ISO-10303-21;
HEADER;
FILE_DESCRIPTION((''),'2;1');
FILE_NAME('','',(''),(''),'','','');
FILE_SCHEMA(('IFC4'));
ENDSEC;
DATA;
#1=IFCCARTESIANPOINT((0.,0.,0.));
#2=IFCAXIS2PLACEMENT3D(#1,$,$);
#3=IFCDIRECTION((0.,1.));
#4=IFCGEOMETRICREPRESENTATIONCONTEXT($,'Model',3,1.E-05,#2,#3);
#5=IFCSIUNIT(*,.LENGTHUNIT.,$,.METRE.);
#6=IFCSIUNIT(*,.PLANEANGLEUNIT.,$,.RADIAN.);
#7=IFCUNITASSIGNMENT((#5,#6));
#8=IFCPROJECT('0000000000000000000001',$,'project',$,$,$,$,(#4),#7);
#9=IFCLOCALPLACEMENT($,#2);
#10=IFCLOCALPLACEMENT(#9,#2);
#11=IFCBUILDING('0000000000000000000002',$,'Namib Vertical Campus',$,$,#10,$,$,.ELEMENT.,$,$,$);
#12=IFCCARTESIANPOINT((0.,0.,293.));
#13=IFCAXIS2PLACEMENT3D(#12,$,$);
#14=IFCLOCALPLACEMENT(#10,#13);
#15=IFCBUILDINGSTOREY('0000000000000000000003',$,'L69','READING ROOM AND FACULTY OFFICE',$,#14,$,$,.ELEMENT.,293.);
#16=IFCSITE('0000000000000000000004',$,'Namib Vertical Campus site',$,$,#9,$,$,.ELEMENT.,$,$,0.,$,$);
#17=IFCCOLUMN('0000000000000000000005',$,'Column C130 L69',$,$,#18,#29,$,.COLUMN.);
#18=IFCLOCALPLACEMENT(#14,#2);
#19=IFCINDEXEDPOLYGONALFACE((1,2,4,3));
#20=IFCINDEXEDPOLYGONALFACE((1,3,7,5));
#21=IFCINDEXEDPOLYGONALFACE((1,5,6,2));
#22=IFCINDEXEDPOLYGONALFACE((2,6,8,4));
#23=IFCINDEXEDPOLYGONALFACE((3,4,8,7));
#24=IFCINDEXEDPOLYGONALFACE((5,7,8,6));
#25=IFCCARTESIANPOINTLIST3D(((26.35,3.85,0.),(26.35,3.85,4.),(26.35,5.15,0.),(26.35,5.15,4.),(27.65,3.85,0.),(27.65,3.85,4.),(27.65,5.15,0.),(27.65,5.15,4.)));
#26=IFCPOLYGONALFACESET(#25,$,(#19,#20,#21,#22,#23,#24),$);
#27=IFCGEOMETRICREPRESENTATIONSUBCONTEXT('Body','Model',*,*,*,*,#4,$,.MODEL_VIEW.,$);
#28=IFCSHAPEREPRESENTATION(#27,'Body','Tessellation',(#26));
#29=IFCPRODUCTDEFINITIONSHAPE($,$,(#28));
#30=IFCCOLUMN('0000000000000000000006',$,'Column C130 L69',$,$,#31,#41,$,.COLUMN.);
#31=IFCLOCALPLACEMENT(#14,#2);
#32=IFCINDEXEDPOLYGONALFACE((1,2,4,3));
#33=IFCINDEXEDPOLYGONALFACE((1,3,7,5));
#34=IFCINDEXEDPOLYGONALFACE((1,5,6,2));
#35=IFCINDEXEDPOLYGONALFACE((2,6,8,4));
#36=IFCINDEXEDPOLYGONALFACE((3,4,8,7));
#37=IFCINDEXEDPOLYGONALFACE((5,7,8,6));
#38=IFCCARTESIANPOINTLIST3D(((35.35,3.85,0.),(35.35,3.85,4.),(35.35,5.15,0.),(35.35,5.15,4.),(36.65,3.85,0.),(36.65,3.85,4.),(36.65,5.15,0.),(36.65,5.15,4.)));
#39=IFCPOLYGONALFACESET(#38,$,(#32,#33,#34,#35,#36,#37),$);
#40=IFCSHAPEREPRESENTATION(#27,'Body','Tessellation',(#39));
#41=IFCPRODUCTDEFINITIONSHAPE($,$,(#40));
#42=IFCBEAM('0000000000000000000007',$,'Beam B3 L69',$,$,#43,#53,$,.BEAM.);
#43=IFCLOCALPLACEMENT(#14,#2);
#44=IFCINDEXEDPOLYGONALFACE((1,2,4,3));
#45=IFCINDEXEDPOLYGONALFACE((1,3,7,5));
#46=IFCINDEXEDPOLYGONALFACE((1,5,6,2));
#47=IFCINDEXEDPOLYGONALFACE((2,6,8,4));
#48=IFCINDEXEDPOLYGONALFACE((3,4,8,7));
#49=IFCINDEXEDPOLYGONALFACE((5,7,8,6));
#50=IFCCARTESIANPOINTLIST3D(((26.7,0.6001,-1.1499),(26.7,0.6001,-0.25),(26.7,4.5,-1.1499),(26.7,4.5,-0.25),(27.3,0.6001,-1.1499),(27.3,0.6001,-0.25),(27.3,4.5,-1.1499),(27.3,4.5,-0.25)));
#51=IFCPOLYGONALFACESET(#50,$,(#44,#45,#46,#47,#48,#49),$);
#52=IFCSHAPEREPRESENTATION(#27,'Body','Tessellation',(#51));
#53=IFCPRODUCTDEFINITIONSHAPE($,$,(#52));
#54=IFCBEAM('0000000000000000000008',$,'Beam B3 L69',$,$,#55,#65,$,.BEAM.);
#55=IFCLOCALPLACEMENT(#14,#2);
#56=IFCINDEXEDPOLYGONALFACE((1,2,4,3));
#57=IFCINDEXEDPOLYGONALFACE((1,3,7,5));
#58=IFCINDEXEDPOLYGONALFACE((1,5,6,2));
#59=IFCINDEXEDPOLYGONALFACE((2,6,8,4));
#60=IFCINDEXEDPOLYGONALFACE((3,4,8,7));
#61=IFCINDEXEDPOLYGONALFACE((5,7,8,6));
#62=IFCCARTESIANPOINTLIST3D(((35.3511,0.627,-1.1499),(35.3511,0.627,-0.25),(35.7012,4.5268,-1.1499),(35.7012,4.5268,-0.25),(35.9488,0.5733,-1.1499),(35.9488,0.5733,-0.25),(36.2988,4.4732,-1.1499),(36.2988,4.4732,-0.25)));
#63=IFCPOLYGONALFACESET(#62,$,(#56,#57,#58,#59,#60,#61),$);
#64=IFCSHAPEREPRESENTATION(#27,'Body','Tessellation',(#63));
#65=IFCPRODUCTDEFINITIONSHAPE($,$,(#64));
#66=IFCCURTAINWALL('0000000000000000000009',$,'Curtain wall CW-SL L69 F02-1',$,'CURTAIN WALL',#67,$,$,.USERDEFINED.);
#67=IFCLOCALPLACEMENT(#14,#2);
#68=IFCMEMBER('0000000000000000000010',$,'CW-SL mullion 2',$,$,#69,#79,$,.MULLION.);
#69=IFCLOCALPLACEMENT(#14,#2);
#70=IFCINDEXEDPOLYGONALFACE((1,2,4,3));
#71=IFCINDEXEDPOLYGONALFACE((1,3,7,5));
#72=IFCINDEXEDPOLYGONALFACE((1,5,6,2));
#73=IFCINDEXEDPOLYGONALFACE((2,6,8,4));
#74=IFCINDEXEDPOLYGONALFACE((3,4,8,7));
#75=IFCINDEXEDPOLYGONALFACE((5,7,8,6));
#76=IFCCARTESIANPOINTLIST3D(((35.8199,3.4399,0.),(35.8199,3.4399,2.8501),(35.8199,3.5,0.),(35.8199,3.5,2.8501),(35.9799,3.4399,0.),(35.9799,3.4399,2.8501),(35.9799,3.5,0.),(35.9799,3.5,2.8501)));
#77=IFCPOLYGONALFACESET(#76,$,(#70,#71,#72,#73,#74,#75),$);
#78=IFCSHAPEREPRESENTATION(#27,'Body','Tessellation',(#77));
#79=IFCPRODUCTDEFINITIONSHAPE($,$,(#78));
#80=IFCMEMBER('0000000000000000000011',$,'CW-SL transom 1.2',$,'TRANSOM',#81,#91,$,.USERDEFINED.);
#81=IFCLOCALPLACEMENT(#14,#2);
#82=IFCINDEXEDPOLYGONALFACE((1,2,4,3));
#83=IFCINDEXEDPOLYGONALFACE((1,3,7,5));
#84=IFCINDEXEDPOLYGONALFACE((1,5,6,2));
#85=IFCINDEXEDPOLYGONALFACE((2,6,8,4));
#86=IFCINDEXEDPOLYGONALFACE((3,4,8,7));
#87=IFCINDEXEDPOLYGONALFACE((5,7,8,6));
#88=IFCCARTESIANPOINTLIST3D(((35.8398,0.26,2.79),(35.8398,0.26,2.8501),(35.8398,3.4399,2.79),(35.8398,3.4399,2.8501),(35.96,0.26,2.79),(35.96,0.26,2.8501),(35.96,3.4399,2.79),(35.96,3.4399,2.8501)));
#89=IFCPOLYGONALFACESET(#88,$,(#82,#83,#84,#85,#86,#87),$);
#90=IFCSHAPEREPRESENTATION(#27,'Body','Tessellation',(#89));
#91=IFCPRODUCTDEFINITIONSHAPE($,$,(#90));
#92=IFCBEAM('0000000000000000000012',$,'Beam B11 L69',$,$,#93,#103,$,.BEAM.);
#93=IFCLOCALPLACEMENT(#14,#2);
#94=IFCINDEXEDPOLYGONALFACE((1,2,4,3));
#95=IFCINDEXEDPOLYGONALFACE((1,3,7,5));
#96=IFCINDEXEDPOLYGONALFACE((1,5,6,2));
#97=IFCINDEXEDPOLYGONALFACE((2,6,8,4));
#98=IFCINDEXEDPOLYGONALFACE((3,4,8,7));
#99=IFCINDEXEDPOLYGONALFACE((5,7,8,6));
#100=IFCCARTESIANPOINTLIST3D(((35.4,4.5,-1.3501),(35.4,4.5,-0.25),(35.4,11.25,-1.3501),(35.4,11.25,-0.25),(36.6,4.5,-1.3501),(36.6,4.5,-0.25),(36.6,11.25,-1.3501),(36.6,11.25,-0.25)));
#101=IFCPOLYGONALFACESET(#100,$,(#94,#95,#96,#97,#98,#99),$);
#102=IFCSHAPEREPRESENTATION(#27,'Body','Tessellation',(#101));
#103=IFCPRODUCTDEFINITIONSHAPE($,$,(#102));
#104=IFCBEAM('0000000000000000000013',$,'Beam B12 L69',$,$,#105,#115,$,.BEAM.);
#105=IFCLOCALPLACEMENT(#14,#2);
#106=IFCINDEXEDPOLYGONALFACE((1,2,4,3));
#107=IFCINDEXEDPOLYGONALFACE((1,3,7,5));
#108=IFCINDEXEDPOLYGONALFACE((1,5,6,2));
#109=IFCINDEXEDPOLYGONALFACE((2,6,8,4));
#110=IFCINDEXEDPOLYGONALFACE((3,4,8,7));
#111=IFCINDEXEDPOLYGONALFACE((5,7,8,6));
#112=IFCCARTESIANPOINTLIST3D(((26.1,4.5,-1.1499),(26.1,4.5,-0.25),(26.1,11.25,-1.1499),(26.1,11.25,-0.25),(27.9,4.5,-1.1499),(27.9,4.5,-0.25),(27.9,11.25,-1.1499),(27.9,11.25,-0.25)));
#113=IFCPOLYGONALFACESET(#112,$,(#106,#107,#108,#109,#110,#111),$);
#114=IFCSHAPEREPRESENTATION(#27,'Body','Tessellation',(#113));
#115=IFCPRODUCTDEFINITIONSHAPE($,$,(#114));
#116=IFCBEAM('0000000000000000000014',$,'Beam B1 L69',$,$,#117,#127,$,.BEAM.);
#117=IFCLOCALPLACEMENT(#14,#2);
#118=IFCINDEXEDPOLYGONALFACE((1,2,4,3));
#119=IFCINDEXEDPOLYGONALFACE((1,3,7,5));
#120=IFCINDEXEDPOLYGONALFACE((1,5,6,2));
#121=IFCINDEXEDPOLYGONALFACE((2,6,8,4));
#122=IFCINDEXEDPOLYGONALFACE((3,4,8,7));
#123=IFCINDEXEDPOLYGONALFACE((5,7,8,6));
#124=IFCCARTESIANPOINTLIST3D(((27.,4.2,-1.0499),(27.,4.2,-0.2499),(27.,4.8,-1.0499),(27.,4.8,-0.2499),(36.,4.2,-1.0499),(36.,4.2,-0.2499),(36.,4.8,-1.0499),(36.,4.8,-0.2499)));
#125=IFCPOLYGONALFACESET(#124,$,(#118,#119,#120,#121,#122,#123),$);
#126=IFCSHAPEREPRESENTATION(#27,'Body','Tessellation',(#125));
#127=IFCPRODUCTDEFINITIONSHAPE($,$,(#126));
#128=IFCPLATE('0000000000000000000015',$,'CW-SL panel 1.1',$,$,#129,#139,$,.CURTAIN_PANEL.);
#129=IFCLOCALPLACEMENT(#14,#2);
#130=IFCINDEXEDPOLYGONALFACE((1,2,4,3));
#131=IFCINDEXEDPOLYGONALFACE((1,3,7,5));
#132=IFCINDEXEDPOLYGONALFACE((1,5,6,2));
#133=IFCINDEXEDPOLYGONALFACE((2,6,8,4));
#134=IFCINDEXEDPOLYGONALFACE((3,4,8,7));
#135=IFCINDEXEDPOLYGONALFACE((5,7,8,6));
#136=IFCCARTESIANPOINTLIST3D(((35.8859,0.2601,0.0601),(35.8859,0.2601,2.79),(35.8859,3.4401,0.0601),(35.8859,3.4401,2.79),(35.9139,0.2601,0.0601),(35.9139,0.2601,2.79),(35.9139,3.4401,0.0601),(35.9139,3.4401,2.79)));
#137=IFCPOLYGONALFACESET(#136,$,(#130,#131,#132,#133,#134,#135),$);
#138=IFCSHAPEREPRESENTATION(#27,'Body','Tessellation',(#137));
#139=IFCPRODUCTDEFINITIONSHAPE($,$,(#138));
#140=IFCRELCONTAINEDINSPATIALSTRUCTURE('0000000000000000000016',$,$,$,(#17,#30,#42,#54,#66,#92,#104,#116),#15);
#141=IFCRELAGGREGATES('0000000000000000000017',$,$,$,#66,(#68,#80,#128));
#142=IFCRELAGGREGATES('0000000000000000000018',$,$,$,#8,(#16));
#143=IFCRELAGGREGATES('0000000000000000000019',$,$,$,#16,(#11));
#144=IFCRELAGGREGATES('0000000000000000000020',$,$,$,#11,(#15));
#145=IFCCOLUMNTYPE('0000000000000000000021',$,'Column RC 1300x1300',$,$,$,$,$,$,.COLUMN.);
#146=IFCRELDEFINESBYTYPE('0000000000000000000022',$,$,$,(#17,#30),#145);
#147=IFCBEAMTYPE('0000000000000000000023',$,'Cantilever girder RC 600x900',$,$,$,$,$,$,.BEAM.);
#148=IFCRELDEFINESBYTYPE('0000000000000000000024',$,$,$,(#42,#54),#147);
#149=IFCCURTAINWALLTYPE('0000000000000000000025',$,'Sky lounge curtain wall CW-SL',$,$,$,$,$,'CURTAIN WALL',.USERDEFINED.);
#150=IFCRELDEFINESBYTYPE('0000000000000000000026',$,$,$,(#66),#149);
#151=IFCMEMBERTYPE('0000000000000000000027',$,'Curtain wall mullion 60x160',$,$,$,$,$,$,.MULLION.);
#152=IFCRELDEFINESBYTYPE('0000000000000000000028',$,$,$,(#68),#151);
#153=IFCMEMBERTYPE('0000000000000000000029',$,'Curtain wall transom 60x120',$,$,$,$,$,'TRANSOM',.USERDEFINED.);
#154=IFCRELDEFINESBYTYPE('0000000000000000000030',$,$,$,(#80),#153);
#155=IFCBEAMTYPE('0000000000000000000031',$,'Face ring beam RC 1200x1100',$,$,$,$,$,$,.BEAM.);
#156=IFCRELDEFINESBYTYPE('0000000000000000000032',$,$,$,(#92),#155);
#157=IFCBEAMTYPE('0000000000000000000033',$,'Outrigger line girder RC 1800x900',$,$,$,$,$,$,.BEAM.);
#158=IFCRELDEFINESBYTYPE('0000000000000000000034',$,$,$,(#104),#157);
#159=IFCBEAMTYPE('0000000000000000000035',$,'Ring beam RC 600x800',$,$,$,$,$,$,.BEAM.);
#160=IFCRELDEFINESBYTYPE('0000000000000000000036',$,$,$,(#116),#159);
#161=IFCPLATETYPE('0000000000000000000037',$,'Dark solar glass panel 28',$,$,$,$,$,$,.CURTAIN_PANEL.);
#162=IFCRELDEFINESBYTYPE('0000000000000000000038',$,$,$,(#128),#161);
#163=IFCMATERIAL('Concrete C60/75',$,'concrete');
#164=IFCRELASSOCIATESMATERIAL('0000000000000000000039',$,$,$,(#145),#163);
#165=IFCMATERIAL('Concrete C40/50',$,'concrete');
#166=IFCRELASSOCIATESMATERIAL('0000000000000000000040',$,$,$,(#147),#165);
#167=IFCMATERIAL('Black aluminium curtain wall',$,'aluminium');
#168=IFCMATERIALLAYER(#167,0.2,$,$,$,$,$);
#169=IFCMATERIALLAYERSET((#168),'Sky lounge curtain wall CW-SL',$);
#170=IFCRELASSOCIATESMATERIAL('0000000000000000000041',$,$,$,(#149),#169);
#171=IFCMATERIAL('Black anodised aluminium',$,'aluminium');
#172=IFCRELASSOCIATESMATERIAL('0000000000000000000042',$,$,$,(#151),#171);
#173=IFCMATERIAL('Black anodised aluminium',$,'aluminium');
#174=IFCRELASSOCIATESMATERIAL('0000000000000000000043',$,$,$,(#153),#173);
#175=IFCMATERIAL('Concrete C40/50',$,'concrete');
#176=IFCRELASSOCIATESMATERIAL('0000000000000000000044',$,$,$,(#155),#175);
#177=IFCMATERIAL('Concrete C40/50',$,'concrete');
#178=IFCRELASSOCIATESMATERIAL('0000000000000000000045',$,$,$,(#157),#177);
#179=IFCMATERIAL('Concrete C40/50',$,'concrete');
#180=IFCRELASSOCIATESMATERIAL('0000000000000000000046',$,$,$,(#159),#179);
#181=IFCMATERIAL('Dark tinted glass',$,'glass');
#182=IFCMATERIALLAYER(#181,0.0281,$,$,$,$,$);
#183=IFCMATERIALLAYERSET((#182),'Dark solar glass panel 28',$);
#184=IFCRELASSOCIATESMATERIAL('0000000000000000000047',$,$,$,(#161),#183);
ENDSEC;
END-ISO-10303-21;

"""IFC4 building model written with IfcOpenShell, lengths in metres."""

from ifc_helpers import new_model, si_unit, direction, frame, origin, origin_2d, place, context, subcontext, project, spatial, rectangle, extrude, material, layer, layer_set, material_profile, profile_set, type_object, element, aggregate, save


model = new_model("IFC4")

# Units and contexts
model_context = context("Model", 3, precision=1e-05, world=origin(), true_north=direction((0.0, 1.0)))
body_context = subcontext(model_context, "Body", "Model", "MODEL_VIEW")
ifc_project = project(units=[si_unit("LENGTHUNIT", "METRE"), si_unit("PLANEANGLEUNIT", "RADIAN")], contexts=[model_context])

# Site, building, storey
site_placement = place(None, origin())
site = spatial("IfcSite", under=ifc_project, at=site_placement, Name="Namib Vertical Campus site", CompositionType="ELEMENT", RefElevation=0.0)
building_placement = place(site_placement, origin())
building = spatial("IfcBuilding", under=site, at=building_placement, Name="Namib Vertical Campus", CompositionType="ELEMENT")
storey_placement = place(building_placement, frame((0.0, 0.0, 293.0)))
storey = spatial("IfcBuildingStorey", under=building, at=storey_placement, Name="L69", Description="READING ROOM AND FACULTY OFFICE", CompositionType="ELEMENT", Elevation=293.0)

# Columns
ifc_material_1 = material(Name="Concrete C60/75", Category="concrete")
ifc_material_profile_1 = material_profile(ifc_material_1, rectangle(XDim=1.3, YDim=1.3, at=origin_2d()))
ifc_profile_set_1 = profile_set([ifc_material_profile_1], Name="Concrete C60/75")
column_type = type_object("IfcColumnType", Name="Column RC 1300x1300", PredefinedType="COLUMN", material=ifc_profile_set_1)
for number, where, z_axis, x_axis, name in (
    (1, (27.0, 4.5, 0.0), (0.0, 0.0, 1.0), (1.0, 0.0, 0.0), "Column C130 L69"),
    (2, (36.0, 4.5, 0.0), (0.0, 0.0, 1.0), (1.0, 0.0, 0.0), "Column C130 L69"),
):
    element("IfcColumn", number, at=place(storey_placement, frame(where, z_axis=z_axis, x_axis=x_axis)), inside=storey, type_object=column_type, Name=name, PredefinedType="COLUMN", context=body_context, shape_type="SweptSolid", body=[
        extrude(rectangle(XDim=1.3, YDim=1.3, at=origin_2d()), origin(), (0.0, 0.0, 1.0), 4.0),
    ])

# Beams
ifc_material_2 = material(Name="Concrete C40/50", Category="concrete")
ifc_material_profile_2 = material_profile(ifc_material_2, rectangle(XDim=0.6001, YDim=0.8999, at=origin_2d()))
ifc_profile_set_2 = profile_set([ifc_material_profile_2], Name="Concrete C40/50")
beam_type_1 = type_object("IfcBeamType", Name="Cantilever girder RC 600x900", PredefinedType="BEAM", material=ifc_profile_set_2)
beam_1_placement = place(storey_placement, frame((27.0, 4.5, -0.7), z_axis=(0.0, -1.0, 0.0), x_axis=(1.0, 0.0, 0.0)))
element("IfcBeam", 3, at=beam_1_placement, inside=storey, type_object=beam_type_1, Name="Beam B3 L69", PredefinedType="BEAM", context=body_context, shape_type="SweptSolid", body=[
    extrude(rectangle(XDim=0.6001, YDim=0.8999, at=origin_2d()), origin(), (0.0, 0.0, 1.0), 3.8999),
])
beam_2_placement = place(storey_placement, frame((36.0, 4.5, -0.7), z_axis=(-0.089411, -0.995995, 0.0), x_axis=(0.995995, -0.089411, 0.0)))
element("IfcBeam", 4, at=beam_2_placement, inside=storey, type_object=beam_type_1, Name="Beam B3 L69", PredefinedType="BEAM", context=body_context, shape_type="SweptSolid", body=[
    extrude(rectangle(XDim=0.6001, YDim=0.8999, at=origin_2d()), origin(), (0.0, 0.0, 1.0), 3.9155),
])

# Curtain wall, members
ifc_material_3 = material(Name="Black aluminium curtain wall", Category="aluminium")
ifc_layer_1 = layer(ifc_material_3, 0.2)
ifc_layer_set_1 = layer_set([ifc_layer_1], Name="Sky lounge curtain wall CW-SL")
curtain_wall_type = type_object("IfcCurtainWallType", Name="Sky lounge curtain wall CW-SL", ElementType="CURTAIN WALL", PredefinedType="USERDEFINED", material=ifc_layer_set_1)
curtain_wall_placement = place(storey_placement, origin())
curtain_wall = element("IfcCurtainWall", 5, at=curtain_wall_placement, inside=storey, type_object=curtain_wall_type, Name="Curtain wall CW-SL L69 F02-1", ObjectType="CURTAIN WALL", PredefinedType="USERDEFINED")
ifc_material_4 = material(Name="Black anodised aluminium", Category="aluminium")
ifc_material_profile_3 = material_profile(ifc_material_4, rectangle(XDim=0.0601, YDim=0.1599, at=origin_2d()))
ifc_profile_set_3 = profile_set([ifc_material_profile_3], Name="Black anodised aluminium")
member_type_1 = type_object("IfcMemberType", Name="Curtain wall mullion 60x160", PredefinedType="MULLION", material=ifc_profile_set_3)
member_1_placement = place(storey_placement, frame((35.8999, 3.47, 0.0), z_axis=(0.0, 0.0, 1.0), x_axis=(0.0, 1.0, 0.0)))
member_1 = element("IfcMember", 6, at=member_1_placement, type_object=member_type_1, Name="CW-SL mullion 2", PredefinedType="MULLION", context=body_context, shape_type="SweptSolid", body=[
    extrude(rectangle(XDim=0.0601, YDim=0.1599, at=origin_2d()), origin(), (0.0, 0.0, 1.0), 2.8501),
])
ifc_material_5 = material(Name="Black anodised aluminium", Category="aluminium")
ifc_material_profile_4 = material_profile(ifc_material_5, rectangle(XDim=0.0601, YDim=0.1201, at=origin_2d()))
ifc_profile_set_4 = profile_set([ifc_material_profile_4], Name="Black anodised aluminium")
member_type_2 = type_object("IfcMemberType", Name="Curtain wall transom 60x120", ElementType="TRANSOM", PredefinedType="USERDEFINED", material=ifc_profile_set_4)
member_2_placement = place(storey_placement, frame((35.8999, 0.26, 2.8201), z_axis=(0.0, 1.0, 0.0), x_axis=(0.0, 0.0, 1.0)))
member_2 = element("IfcMember", 7, at=member_2_placement, type_object=member_type_2, Name="CW-SL transom 1.2", ObjectType="TRANSOM", PredefinedType="USERDEFINED", context=body_context, shape_type="SweptSolid", body=[
    extrude(rectangle(XDim=0.0601, YDim=0.1201, at=origin_2d()), origin(), (0.0, 0.0, 1.0), 3.1799),
])

# Beams
ifc_material_6 = material(Name="Concrete C40/50", Category="concrete")
ifc_material_profile_5 = material_profile(ifc_material_6, rectangle(XDim=1.2, YDim=1.1001, at=origin_2d()))
ifc_profile_set_5 = profile_set([ifc_material_profile_5], Name="Concrete C40/50")
beam_type_2 = type_object("IfcBeamType", Name="Face ring beam RC 1200x1100", PredefinedType="BEAM", material=ifc_profile_set_5)
beam_3_placement = place(storey_placement, frame((36.0, 4.5, -0.8), z_axis=(0.0, 1.0, 0.0), x_axis=(-1.0, 0.0, 0.0)))
element("IfcBeam", 8, at=beam_3_placement, inside=storey, type_object=beam_type_2, Name="Beam B11 L69", PredefinedType="BEAM", context=body_context, shape_type="SweptSolid", body=[
    extrude(rectangle(XDim=1.2, YDim=1.1001, at=origin_2d()), origin(), (0.0, 0.0, 1.0), 6.75),
])
ifc_material_7 = material(Name="Concrete C40/50", Category="concrete")
ifc_material_profile_6 = material_profile(ifc_material_7, rectangle(XDim=1.8, YDim=0.8999, at=origin_2d()))
ifc_profile_set_6 = profile_set([ifc_material_profile_6], Name="Concrete C40/50")
beam_type_3 = type_object("IfcBeamType", Name="Outrigger line girder RC 1800x900", PredefinedType="BEAM", material=ifc_profile_set_6)
beam_4_placement = place(storey_placement, frame((27.0, 4.5, -0.7), z_axis=(0.0, 1.0, 0.0), x_axis=(-1.0, 0.0, 0.0)))
element("IfcBeam", 9, at=beam_4_placement, inside=storey, type_object=beam_type_3, Name="Beam B12 L69", PredefinedType="BEAM", context=body_context, shape_type="SweptSolid", body=[
    extrude(rectangle(XDim=1.8, YDim=0.8999, at=origin_2d()), origin(), (0.0, 0.0, 1.0), 6.75),
])
ifc_material_8 = material(Name="Concrete C40/50", Category="concrete")
ifc_material_profile_7 = material_profile(ifc_material_8, rectangle(XDim=0.6001, YDim=0.8, at=origin_2d()))
ifc_profile_set_7 = profile_set([ifc_material_profile_7], Name="Concrete C40/50")
beam_type_4 = type_object("IfcBeamType", Name="Ring beam RC 600x800", PredefinedType="BEAM", material=ifc_profile_set_7)
beam_5_placement = place(storey_placement, frame((27.0, 4.5, -0.6499), z_axis=(1.0, 0.0, 0.0), x_axis=(0.0, 1.0, 0.0)))
element("IfcBeam", 10, at=beam_5_placement, inside=storey, type_object=beam_type_4, Name="Beam B1 L69", PredefinedType="BEAM", context=body_context, shape_type="SweptSolid", body=[
    extrude(rectangle(XDim=0.6001, YDim=0.8, at=origin_2d()), origin(), (0.0, 0.0, 1.0), 9.0),
])

# Plate
ifc_material_9 = material(Name="Dark tinted glass", Category="glass")
ifc_layer_2 = layer(ifc_material_9, 0.0281)
ifc_layer_set_2 = layer_set([ifc_layer_2], Name="Dark solar glass panel 28")
plate_type = type_object("IfcPlateType", Name="Dark solar glass panel 28", PredefinedType="CURTAIN_PANEL", material=ifc_layer_set_2)
plate_placement = place(storey_placement, frame((35.8999, 1.8501, 0.0601), z_axis=(0.0, 0.0, 1.0), x_axis=(0.0, 1.0, 0.0)))
plate = element("IfcPlate", 11, at=plate_placement, type_object=plate_type, Name="CW-SL panel 1.1", PredefinedType="CURTAIN_PANEL", context=body_context, shape_type="SweptSolid", body=[
    extrude(rectangle(XDim=3.1799, YDim=0.0281, at=origin_2d()), origin(), (0.0, 0.0, 1.0), 2.73),
])
aggregate(curtain_wall, [member_1, member_2, plate])

save(model, "model.ifc")
